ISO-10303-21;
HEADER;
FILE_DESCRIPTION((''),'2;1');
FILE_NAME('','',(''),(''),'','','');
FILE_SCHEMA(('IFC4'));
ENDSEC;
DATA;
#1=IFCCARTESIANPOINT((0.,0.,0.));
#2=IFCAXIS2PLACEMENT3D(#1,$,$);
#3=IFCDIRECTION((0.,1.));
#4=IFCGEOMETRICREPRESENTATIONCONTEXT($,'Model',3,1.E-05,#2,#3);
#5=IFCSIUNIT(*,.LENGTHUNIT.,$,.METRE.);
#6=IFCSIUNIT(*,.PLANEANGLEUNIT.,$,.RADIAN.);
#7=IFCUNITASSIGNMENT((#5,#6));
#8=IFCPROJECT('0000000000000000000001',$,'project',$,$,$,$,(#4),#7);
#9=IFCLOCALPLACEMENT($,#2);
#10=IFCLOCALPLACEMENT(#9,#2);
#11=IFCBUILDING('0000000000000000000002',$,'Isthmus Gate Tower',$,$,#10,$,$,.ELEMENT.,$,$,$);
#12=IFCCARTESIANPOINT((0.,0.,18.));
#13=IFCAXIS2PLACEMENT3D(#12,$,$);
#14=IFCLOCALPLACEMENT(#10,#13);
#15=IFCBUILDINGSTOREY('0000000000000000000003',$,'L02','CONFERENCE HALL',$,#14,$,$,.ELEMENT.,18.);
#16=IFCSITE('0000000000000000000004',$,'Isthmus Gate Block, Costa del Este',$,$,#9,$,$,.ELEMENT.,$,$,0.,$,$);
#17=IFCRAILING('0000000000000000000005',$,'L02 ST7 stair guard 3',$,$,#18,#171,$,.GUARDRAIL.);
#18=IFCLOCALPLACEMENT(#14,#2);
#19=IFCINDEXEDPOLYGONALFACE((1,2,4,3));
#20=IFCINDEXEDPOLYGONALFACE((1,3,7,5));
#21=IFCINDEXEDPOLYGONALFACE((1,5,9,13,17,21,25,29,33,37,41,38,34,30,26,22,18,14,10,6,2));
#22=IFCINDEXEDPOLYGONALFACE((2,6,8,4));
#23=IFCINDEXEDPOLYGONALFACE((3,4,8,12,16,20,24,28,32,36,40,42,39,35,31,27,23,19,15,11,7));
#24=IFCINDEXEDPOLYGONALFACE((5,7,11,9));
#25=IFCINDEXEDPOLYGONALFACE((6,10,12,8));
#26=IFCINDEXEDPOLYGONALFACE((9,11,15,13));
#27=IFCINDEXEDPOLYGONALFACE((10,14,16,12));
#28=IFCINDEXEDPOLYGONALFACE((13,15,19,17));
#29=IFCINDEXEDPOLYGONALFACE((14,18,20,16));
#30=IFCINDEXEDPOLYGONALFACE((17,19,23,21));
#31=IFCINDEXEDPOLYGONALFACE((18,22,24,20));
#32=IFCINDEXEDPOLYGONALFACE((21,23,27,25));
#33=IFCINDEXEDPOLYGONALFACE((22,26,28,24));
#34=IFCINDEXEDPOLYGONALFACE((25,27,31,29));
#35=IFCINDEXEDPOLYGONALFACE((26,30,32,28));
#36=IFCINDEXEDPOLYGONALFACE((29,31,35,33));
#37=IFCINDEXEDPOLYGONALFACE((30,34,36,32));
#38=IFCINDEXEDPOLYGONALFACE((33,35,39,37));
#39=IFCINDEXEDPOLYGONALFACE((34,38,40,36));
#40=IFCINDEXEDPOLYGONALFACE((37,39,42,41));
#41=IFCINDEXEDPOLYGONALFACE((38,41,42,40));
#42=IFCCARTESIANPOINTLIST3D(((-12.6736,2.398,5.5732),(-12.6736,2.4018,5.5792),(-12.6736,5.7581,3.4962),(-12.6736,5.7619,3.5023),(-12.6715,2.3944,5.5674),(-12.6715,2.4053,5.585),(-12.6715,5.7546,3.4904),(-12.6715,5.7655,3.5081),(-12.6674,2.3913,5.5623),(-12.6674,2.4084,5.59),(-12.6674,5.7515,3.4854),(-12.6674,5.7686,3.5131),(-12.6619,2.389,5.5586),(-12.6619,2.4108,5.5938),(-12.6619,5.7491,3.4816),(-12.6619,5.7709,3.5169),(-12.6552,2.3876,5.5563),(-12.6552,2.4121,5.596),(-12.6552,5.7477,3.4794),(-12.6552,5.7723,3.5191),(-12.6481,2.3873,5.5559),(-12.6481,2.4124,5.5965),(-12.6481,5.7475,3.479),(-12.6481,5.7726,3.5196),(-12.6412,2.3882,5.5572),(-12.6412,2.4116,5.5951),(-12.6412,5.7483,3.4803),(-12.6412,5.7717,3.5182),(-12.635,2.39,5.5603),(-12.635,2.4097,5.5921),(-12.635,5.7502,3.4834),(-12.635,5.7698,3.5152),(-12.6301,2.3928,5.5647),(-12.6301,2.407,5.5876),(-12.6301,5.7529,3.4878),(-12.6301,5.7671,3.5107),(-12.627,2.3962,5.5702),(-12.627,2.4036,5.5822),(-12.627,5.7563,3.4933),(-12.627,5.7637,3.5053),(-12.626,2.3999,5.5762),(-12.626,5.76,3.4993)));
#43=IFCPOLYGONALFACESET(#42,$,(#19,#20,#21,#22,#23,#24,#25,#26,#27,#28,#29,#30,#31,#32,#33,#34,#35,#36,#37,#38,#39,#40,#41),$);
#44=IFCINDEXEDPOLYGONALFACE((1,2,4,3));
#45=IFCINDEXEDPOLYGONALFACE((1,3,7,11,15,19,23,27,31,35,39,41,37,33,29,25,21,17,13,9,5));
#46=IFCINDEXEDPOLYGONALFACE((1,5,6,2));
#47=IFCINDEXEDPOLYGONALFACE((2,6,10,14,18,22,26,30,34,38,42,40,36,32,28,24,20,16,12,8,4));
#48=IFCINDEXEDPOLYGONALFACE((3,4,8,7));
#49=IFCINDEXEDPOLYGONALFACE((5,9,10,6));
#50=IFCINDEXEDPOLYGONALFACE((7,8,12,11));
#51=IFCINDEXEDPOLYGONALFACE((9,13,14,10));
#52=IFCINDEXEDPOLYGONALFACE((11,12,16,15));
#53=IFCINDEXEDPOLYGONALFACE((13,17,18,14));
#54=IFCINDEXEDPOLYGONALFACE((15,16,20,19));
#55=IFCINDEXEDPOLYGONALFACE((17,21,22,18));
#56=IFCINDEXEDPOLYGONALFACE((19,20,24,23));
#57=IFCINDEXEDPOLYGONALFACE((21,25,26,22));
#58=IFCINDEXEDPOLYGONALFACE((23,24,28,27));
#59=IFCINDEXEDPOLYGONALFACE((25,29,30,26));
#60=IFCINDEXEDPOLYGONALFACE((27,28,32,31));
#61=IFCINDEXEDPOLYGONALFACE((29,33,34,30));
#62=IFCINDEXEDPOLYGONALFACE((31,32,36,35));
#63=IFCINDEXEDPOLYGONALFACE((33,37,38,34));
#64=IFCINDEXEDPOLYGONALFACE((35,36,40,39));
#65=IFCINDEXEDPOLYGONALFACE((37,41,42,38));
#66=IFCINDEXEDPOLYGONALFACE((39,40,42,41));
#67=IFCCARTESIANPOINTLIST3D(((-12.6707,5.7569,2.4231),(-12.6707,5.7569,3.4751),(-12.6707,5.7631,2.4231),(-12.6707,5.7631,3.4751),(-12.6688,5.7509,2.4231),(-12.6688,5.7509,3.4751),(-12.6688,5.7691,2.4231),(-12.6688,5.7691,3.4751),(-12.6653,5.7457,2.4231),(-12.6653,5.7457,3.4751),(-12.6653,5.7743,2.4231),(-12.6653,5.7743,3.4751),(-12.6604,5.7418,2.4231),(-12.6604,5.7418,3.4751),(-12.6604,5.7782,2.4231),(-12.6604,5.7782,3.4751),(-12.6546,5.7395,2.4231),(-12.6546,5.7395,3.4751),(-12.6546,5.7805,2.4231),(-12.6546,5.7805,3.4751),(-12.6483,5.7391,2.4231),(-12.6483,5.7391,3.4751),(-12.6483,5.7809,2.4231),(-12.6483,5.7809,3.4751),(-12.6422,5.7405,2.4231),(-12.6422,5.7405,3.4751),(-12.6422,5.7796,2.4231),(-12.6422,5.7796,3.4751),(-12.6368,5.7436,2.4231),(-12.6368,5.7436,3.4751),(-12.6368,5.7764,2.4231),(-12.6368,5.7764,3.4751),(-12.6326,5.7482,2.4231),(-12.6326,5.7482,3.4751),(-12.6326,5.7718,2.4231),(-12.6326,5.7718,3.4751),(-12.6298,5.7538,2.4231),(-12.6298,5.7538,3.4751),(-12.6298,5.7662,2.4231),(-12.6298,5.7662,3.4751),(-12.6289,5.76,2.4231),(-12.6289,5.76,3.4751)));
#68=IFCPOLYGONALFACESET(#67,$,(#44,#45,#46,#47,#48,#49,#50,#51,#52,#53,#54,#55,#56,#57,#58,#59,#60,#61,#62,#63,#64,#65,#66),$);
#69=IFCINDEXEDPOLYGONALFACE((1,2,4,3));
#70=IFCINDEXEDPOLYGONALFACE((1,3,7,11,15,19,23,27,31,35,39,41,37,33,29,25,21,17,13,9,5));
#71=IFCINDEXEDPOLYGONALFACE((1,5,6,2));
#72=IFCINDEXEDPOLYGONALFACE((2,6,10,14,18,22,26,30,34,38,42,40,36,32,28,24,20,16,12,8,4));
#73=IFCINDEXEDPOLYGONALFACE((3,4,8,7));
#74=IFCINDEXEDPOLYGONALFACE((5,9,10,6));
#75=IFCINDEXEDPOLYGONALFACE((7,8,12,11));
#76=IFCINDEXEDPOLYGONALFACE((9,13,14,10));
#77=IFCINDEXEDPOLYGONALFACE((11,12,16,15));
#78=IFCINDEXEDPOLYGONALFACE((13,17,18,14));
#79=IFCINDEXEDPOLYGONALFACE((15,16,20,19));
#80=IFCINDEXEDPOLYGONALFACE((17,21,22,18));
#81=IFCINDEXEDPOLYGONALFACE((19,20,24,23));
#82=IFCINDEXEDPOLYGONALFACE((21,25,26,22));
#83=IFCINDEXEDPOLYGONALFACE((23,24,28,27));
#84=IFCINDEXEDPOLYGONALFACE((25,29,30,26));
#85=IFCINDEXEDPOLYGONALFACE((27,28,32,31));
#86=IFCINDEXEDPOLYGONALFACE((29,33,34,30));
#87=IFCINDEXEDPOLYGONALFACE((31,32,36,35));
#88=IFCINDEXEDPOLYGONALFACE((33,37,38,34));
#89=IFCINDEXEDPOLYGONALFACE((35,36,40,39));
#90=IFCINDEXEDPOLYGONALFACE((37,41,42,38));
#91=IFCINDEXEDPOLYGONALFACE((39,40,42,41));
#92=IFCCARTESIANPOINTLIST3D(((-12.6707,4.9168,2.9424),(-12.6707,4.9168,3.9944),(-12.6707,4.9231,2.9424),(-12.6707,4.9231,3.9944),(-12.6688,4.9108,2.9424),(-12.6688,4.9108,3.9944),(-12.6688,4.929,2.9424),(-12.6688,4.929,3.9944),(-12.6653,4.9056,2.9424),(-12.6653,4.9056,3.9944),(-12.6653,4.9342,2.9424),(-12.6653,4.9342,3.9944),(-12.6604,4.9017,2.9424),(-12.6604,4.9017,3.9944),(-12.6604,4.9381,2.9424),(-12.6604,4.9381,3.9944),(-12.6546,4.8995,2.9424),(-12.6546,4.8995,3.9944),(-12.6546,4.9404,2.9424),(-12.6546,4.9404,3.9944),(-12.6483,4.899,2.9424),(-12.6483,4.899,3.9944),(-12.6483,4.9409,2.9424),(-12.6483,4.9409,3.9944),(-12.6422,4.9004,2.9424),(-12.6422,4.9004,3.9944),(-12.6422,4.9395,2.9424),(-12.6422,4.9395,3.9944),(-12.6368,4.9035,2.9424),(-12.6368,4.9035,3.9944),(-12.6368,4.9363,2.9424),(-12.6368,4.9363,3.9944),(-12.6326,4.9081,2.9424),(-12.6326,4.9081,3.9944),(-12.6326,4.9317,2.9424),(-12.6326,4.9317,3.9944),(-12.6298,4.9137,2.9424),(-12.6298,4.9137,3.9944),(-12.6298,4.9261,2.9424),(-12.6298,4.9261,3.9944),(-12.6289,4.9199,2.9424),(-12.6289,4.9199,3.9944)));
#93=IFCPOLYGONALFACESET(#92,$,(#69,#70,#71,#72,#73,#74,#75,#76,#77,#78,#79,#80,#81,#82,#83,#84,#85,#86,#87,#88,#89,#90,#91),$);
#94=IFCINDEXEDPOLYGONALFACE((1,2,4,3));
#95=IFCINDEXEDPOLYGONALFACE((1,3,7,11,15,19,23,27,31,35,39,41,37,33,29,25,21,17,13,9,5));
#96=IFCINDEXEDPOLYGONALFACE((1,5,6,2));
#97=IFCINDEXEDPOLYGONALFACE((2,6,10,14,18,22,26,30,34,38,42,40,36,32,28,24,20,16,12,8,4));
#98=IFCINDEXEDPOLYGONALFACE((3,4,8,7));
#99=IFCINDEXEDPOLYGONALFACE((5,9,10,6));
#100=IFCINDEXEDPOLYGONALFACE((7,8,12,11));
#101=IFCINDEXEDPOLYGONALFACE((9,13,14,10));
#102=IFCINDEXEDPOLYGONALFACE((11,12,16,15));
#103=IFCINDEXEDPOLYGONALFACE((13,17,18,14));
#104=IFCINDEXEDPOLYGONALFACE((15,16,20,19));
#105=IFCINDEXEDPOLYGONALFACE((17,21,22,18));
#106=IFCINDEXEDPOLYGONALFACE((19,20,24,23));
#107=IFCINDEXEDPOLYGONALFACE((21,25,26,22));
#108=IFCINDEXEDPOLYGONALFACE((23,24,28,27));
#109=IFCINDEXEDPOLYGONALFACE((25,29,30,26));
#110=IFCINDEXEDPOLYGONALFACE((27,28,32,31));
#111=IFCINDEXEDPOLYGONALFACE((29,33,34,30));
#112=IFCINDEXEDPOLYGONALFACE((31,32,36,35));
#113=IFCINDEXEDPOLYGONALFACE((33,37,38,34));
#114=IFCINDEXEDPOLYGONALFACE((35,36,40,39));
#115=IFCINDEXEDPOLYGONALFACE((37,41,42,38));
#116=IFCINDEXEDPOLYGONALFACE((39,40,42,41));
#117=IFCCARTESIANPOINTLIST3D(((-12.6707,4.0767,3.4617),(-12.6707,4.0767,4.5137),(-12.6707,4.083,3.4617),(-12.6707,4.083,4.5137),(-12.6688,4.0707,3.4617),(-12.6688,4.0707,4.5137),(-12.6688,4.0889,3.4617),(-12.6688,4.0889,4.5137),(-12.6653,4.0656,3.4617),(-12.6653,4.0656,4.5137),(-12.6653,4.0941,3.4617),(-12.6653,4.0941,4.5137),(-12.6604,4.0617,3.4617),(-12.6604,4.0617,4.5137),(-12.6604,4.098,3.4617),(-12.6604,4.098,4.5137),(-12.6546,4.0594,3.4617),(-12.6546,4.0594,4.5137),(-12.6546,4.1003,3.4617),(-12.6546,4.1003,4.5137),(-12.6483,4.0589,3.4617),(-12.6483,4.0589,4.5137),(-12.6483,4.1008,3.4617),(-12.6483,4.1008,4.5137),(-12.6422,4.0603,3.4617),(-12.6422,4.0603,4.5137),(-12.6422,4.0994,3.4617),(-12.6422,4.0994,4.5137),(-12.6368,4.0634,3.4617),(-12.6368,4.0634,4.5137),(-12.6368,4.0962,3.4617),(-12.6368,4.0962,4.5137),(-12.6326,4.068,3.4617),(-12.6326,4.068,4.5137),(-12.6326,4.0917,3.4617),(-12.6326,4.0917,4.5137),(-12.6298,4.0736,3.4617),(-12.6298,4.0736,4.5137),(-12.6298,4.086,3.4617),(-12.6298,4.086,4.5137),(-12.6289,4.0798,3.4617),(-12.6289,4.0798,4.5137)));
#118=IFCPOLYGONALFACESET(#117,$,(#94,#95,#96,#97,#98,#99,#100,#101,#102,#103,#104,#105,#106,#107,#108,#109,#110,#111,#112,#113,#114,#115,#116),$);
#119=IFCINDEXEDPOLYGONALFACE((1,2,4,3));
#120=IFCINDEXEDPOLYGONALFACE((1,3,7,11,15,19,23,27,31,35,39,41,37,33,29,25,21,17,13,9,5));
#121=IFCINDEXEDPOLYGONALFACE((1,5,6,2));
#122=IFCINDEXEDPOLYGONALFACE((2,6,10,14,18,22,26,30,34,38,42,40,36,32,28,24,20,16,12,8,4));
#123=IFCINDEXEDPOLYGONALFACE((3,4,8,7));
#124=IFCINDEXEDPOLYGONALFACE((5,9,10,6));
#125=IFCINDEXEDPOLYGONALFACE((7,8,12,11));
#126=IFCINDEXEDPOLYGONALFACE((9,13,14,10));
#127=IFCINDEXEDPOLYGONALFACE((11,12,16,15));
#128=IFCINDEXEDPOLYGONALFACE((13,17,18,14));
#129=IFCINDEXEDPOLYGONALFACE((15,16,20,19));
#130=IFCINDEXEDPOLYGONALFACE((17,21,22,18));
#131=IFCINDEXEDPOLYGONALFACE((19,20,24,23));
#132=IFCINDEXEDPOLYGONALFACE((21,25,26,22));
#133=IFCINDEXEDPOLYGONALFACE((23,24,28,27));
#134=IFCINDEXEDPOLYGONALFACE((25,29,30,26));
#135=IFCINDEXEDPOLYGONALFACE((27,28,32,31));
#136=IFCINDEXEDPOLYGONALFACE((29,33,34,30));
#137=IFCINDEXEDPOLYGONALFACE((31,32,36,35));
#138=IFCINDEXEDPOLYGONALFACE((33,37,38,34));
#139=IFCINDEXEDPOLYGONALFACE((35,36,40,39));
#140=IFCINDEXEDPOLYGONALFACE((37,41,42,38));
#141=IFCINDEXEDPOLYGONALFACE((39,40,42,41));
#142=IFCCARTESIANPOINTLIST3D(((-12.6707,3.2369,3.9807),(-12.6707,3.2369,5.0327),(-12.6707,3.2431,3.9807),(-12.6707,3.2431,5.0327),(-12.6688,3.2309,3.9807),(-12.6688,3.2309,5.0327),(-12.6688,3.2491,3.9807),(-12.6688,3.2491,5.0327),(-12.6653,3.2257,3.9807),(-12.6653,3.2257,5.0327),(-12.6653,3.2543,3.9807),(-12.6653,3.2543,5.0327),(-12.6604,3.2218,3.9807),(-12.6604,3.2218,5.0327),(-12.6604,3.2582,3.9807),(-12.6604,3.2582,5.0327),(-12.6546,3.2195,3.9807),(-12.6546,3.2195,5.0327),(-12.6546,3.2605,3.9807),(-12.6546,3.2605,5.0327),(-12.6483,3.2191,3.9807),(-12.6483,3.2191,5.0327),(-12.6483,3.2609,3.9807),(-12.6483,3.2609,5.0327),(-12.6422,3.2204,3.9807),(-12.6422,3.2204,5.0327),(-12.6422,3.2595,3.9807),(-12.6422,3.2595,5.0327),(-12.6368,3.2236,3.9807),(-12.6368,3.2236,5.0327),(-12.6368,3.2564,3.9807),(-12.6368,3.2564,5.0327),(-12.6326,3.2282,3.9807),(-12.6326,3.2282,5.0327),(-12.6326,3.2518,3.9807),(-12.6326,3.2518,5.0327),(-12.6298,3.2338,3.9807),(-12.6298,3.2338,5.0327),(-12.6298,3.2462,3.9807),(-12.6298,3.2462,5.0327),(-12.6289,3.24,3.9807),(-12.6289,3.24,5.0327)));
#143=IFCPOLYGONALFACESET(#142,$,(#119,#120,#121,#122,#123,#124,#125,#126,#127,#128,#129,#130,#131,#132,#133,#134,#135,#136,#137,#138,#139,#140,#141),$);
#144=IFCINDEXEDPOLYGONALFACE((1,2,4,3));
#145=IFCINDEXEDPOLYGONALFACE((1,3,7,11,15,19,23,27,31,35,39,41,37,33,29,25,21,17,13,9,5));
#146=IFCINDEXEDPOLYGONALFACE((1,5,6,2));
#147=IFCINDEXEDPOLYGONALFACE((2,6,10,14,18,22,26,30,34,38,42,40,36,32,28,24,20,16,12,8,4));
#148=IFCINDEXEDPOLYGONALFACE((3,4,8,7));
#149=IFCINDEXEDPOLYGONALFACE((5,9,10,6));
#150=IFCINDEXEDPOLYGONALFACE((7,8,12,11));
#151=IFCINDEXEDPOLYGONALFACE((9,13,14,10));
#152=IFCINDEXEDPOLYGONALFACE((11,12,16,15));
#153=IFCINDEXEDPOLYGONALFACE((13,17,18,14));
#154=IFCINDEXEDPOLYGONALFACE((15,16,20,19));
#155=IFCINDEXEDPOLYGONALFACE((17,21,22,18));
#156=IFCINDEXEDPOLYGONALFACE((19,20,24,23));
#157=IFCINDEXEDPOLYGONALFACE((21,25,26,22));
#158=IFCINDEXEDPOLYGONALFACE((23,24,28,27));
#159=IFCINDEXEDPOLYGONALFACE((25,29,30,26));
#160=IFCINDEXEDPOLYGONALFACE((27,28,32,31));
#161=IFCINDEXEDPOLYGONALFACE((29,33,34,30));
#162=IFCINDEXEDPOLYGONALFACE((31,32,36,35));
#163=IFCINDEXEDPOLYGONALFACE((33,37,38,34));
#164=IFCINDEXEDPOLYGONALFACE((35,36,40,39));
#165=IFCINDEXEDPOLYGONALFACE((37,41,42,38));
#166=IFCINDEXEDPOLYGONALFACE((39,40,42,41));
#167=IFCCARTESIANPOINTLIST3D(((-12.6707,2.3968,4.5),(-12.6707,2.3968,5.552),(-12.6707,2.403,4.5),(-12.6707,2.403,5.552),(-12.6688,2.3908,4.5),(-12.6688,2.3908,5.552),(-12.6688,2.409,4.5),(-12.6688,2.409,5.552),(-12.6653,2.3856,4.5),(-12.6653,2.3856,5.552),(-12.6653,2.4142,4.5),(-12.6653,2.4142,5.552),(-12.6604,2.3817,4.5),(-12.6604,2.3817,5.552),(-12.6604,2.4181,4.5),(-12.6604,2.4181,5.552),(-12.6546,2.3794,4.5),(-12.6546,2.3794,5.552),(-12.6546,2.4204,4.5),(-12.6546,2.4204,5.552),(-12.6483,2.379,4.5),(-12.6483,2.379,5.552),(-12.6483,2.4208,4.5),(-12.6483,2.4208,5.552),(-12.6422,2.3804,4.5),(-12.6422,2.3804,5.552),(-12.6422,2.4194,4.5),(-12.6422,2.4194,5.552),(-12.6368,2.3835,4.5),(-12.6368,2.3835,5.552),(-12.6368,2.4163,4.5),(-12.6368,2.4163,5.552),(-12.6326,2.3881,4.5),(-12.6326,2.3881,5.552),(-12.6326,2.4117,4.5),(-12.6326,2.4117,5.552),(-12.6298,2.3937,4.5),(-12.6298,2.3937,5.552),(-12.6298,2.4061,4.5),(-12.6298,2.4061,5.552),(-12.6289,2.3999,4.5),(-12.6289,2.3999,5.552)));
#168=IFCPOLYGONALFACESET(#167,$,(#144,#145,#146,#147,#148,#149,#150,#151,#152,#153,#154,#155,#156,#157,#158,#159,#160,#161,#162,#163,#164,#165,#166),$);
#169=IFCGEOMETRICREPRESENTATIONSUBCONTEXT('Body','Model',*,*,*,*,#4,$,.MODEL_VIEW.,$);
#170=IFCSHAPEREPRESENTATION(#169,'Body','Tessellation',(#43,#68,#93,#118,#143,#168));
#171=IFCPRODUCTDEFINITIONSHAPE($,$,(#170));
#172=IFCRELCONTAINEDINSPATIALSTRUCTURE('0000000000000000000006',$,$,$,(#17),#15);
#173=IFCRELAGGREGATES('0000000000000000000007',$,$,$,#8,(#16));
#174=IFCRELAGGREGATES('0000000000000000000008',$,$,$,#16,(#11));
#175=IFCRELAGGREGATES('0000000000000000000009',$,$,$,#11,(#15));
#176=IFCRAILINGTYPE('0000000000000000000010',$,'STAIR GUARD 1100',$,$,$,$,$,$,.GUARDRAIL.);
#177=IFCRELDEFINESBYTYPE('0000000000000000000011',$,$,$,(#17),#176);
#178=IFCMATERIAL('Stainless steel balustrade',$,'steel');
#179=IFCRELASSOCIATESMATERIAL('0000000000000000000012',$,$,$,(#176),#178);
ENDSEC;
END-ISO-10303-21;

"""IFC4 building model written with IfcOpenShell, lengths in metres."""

from ifc_helpers import new_model, si_unit, direction, frame, origin, origin_2d, place, context, subcontext, project, spatial, circle, extrude, material, type_object, element, save


model = new_model("IFC4")

# Units and contexts
model_context = context("Model", 3, precision=1e-05, world=origin(), true_north=direction((0.0, 1.0)))
body_context = subcontext(model_context, "Body", "Model", "MODEL_VIEW")
ifc_project = project(units=[si_unit("LENGTHUNIT", "METRE"), si_unit("PLANEANGLEUNIT", "RADIAN")], contexts=[model_context])

# Site, building, storey
site_placement = place(None, origin())
site = spatial("IfcSite", under=ifc_project, at=site_placement, Name="Isthmus Gate Block, Costa del Este", CompositionType="ELEMENT", RefElevation=0.0)
building_placement = place(site_placement, origin())
building = spatial("IfcBuilding", under=site, at=building_placement, Name="Isthmus Gate Tower", CompositionType="ELEMENT")
storey_placement = place(building_placement, frame((0.0, 0.0, 18.0)))
storey = spatial("IfcBuildingStorey", under=building, at=storey_placement, Name="L02", Description="CONFERENCE HALL", CompositionType="ELEMENT", Elevation=18.0)

# Railing
ifc_material_1 = material(Name="Stainless steel balustrade", Category="steel")
railing_type_1 = type_object("IfcRailingType", Name="STAIR GUARD 1100", PredefinedType="GUARDRAIL", material=ifc_material_1)
railing_1_placement = place(storey_placement, frame((-12.6499, 5.76, 2.4231)))
element("IfcRailing", 1, at=railing_1_placement, inside=storey, type_object=railing_type_1, Name="L02 ST7 stair guard 3", PredefinedType="GUARDRAIL", context=body_context, shape_type="SweptSolid", body=[
    extrude(circle(Radius=0.0239, at=origin_2d()), frame((0.0, 0.0, 1.0762), z_axis=(0.0, -0.850623, 0.525776), x_axis=(1.0, 0.0, 0.0)), (0.0, 0.0, 1.0), 3.9502),
    extrude(circle(Radius=0.021, at=origin_2d()), origin(), (0.0, 0.0, 1.0), 1.052),
    extrude(circle(Radius=0.021, at=origin_2d()), frame((0.0, -0.8401, 0.5193)), (0.0, 0.0, 1.0), 1.052),
    extrude(circle(Radius=0.021, at=origin_2d()), frame((0.0, -1.6802, 1.0386)), (0.0, 0.0, 1.0), 1.052),
    extrude(circle(Radius=0.021, at=origin_2d()), frame((0.0, -2.52, 1.5576)), (0.0, 0.0, 1.0), 1.052),
    extrude(circle(Radius=0.021, at=origin_2d()), frame((0.0, -3.3601, 2.0769)), (0.0, 0.0, 1.0), 1.052),
])

save(model, "model.ifc")
